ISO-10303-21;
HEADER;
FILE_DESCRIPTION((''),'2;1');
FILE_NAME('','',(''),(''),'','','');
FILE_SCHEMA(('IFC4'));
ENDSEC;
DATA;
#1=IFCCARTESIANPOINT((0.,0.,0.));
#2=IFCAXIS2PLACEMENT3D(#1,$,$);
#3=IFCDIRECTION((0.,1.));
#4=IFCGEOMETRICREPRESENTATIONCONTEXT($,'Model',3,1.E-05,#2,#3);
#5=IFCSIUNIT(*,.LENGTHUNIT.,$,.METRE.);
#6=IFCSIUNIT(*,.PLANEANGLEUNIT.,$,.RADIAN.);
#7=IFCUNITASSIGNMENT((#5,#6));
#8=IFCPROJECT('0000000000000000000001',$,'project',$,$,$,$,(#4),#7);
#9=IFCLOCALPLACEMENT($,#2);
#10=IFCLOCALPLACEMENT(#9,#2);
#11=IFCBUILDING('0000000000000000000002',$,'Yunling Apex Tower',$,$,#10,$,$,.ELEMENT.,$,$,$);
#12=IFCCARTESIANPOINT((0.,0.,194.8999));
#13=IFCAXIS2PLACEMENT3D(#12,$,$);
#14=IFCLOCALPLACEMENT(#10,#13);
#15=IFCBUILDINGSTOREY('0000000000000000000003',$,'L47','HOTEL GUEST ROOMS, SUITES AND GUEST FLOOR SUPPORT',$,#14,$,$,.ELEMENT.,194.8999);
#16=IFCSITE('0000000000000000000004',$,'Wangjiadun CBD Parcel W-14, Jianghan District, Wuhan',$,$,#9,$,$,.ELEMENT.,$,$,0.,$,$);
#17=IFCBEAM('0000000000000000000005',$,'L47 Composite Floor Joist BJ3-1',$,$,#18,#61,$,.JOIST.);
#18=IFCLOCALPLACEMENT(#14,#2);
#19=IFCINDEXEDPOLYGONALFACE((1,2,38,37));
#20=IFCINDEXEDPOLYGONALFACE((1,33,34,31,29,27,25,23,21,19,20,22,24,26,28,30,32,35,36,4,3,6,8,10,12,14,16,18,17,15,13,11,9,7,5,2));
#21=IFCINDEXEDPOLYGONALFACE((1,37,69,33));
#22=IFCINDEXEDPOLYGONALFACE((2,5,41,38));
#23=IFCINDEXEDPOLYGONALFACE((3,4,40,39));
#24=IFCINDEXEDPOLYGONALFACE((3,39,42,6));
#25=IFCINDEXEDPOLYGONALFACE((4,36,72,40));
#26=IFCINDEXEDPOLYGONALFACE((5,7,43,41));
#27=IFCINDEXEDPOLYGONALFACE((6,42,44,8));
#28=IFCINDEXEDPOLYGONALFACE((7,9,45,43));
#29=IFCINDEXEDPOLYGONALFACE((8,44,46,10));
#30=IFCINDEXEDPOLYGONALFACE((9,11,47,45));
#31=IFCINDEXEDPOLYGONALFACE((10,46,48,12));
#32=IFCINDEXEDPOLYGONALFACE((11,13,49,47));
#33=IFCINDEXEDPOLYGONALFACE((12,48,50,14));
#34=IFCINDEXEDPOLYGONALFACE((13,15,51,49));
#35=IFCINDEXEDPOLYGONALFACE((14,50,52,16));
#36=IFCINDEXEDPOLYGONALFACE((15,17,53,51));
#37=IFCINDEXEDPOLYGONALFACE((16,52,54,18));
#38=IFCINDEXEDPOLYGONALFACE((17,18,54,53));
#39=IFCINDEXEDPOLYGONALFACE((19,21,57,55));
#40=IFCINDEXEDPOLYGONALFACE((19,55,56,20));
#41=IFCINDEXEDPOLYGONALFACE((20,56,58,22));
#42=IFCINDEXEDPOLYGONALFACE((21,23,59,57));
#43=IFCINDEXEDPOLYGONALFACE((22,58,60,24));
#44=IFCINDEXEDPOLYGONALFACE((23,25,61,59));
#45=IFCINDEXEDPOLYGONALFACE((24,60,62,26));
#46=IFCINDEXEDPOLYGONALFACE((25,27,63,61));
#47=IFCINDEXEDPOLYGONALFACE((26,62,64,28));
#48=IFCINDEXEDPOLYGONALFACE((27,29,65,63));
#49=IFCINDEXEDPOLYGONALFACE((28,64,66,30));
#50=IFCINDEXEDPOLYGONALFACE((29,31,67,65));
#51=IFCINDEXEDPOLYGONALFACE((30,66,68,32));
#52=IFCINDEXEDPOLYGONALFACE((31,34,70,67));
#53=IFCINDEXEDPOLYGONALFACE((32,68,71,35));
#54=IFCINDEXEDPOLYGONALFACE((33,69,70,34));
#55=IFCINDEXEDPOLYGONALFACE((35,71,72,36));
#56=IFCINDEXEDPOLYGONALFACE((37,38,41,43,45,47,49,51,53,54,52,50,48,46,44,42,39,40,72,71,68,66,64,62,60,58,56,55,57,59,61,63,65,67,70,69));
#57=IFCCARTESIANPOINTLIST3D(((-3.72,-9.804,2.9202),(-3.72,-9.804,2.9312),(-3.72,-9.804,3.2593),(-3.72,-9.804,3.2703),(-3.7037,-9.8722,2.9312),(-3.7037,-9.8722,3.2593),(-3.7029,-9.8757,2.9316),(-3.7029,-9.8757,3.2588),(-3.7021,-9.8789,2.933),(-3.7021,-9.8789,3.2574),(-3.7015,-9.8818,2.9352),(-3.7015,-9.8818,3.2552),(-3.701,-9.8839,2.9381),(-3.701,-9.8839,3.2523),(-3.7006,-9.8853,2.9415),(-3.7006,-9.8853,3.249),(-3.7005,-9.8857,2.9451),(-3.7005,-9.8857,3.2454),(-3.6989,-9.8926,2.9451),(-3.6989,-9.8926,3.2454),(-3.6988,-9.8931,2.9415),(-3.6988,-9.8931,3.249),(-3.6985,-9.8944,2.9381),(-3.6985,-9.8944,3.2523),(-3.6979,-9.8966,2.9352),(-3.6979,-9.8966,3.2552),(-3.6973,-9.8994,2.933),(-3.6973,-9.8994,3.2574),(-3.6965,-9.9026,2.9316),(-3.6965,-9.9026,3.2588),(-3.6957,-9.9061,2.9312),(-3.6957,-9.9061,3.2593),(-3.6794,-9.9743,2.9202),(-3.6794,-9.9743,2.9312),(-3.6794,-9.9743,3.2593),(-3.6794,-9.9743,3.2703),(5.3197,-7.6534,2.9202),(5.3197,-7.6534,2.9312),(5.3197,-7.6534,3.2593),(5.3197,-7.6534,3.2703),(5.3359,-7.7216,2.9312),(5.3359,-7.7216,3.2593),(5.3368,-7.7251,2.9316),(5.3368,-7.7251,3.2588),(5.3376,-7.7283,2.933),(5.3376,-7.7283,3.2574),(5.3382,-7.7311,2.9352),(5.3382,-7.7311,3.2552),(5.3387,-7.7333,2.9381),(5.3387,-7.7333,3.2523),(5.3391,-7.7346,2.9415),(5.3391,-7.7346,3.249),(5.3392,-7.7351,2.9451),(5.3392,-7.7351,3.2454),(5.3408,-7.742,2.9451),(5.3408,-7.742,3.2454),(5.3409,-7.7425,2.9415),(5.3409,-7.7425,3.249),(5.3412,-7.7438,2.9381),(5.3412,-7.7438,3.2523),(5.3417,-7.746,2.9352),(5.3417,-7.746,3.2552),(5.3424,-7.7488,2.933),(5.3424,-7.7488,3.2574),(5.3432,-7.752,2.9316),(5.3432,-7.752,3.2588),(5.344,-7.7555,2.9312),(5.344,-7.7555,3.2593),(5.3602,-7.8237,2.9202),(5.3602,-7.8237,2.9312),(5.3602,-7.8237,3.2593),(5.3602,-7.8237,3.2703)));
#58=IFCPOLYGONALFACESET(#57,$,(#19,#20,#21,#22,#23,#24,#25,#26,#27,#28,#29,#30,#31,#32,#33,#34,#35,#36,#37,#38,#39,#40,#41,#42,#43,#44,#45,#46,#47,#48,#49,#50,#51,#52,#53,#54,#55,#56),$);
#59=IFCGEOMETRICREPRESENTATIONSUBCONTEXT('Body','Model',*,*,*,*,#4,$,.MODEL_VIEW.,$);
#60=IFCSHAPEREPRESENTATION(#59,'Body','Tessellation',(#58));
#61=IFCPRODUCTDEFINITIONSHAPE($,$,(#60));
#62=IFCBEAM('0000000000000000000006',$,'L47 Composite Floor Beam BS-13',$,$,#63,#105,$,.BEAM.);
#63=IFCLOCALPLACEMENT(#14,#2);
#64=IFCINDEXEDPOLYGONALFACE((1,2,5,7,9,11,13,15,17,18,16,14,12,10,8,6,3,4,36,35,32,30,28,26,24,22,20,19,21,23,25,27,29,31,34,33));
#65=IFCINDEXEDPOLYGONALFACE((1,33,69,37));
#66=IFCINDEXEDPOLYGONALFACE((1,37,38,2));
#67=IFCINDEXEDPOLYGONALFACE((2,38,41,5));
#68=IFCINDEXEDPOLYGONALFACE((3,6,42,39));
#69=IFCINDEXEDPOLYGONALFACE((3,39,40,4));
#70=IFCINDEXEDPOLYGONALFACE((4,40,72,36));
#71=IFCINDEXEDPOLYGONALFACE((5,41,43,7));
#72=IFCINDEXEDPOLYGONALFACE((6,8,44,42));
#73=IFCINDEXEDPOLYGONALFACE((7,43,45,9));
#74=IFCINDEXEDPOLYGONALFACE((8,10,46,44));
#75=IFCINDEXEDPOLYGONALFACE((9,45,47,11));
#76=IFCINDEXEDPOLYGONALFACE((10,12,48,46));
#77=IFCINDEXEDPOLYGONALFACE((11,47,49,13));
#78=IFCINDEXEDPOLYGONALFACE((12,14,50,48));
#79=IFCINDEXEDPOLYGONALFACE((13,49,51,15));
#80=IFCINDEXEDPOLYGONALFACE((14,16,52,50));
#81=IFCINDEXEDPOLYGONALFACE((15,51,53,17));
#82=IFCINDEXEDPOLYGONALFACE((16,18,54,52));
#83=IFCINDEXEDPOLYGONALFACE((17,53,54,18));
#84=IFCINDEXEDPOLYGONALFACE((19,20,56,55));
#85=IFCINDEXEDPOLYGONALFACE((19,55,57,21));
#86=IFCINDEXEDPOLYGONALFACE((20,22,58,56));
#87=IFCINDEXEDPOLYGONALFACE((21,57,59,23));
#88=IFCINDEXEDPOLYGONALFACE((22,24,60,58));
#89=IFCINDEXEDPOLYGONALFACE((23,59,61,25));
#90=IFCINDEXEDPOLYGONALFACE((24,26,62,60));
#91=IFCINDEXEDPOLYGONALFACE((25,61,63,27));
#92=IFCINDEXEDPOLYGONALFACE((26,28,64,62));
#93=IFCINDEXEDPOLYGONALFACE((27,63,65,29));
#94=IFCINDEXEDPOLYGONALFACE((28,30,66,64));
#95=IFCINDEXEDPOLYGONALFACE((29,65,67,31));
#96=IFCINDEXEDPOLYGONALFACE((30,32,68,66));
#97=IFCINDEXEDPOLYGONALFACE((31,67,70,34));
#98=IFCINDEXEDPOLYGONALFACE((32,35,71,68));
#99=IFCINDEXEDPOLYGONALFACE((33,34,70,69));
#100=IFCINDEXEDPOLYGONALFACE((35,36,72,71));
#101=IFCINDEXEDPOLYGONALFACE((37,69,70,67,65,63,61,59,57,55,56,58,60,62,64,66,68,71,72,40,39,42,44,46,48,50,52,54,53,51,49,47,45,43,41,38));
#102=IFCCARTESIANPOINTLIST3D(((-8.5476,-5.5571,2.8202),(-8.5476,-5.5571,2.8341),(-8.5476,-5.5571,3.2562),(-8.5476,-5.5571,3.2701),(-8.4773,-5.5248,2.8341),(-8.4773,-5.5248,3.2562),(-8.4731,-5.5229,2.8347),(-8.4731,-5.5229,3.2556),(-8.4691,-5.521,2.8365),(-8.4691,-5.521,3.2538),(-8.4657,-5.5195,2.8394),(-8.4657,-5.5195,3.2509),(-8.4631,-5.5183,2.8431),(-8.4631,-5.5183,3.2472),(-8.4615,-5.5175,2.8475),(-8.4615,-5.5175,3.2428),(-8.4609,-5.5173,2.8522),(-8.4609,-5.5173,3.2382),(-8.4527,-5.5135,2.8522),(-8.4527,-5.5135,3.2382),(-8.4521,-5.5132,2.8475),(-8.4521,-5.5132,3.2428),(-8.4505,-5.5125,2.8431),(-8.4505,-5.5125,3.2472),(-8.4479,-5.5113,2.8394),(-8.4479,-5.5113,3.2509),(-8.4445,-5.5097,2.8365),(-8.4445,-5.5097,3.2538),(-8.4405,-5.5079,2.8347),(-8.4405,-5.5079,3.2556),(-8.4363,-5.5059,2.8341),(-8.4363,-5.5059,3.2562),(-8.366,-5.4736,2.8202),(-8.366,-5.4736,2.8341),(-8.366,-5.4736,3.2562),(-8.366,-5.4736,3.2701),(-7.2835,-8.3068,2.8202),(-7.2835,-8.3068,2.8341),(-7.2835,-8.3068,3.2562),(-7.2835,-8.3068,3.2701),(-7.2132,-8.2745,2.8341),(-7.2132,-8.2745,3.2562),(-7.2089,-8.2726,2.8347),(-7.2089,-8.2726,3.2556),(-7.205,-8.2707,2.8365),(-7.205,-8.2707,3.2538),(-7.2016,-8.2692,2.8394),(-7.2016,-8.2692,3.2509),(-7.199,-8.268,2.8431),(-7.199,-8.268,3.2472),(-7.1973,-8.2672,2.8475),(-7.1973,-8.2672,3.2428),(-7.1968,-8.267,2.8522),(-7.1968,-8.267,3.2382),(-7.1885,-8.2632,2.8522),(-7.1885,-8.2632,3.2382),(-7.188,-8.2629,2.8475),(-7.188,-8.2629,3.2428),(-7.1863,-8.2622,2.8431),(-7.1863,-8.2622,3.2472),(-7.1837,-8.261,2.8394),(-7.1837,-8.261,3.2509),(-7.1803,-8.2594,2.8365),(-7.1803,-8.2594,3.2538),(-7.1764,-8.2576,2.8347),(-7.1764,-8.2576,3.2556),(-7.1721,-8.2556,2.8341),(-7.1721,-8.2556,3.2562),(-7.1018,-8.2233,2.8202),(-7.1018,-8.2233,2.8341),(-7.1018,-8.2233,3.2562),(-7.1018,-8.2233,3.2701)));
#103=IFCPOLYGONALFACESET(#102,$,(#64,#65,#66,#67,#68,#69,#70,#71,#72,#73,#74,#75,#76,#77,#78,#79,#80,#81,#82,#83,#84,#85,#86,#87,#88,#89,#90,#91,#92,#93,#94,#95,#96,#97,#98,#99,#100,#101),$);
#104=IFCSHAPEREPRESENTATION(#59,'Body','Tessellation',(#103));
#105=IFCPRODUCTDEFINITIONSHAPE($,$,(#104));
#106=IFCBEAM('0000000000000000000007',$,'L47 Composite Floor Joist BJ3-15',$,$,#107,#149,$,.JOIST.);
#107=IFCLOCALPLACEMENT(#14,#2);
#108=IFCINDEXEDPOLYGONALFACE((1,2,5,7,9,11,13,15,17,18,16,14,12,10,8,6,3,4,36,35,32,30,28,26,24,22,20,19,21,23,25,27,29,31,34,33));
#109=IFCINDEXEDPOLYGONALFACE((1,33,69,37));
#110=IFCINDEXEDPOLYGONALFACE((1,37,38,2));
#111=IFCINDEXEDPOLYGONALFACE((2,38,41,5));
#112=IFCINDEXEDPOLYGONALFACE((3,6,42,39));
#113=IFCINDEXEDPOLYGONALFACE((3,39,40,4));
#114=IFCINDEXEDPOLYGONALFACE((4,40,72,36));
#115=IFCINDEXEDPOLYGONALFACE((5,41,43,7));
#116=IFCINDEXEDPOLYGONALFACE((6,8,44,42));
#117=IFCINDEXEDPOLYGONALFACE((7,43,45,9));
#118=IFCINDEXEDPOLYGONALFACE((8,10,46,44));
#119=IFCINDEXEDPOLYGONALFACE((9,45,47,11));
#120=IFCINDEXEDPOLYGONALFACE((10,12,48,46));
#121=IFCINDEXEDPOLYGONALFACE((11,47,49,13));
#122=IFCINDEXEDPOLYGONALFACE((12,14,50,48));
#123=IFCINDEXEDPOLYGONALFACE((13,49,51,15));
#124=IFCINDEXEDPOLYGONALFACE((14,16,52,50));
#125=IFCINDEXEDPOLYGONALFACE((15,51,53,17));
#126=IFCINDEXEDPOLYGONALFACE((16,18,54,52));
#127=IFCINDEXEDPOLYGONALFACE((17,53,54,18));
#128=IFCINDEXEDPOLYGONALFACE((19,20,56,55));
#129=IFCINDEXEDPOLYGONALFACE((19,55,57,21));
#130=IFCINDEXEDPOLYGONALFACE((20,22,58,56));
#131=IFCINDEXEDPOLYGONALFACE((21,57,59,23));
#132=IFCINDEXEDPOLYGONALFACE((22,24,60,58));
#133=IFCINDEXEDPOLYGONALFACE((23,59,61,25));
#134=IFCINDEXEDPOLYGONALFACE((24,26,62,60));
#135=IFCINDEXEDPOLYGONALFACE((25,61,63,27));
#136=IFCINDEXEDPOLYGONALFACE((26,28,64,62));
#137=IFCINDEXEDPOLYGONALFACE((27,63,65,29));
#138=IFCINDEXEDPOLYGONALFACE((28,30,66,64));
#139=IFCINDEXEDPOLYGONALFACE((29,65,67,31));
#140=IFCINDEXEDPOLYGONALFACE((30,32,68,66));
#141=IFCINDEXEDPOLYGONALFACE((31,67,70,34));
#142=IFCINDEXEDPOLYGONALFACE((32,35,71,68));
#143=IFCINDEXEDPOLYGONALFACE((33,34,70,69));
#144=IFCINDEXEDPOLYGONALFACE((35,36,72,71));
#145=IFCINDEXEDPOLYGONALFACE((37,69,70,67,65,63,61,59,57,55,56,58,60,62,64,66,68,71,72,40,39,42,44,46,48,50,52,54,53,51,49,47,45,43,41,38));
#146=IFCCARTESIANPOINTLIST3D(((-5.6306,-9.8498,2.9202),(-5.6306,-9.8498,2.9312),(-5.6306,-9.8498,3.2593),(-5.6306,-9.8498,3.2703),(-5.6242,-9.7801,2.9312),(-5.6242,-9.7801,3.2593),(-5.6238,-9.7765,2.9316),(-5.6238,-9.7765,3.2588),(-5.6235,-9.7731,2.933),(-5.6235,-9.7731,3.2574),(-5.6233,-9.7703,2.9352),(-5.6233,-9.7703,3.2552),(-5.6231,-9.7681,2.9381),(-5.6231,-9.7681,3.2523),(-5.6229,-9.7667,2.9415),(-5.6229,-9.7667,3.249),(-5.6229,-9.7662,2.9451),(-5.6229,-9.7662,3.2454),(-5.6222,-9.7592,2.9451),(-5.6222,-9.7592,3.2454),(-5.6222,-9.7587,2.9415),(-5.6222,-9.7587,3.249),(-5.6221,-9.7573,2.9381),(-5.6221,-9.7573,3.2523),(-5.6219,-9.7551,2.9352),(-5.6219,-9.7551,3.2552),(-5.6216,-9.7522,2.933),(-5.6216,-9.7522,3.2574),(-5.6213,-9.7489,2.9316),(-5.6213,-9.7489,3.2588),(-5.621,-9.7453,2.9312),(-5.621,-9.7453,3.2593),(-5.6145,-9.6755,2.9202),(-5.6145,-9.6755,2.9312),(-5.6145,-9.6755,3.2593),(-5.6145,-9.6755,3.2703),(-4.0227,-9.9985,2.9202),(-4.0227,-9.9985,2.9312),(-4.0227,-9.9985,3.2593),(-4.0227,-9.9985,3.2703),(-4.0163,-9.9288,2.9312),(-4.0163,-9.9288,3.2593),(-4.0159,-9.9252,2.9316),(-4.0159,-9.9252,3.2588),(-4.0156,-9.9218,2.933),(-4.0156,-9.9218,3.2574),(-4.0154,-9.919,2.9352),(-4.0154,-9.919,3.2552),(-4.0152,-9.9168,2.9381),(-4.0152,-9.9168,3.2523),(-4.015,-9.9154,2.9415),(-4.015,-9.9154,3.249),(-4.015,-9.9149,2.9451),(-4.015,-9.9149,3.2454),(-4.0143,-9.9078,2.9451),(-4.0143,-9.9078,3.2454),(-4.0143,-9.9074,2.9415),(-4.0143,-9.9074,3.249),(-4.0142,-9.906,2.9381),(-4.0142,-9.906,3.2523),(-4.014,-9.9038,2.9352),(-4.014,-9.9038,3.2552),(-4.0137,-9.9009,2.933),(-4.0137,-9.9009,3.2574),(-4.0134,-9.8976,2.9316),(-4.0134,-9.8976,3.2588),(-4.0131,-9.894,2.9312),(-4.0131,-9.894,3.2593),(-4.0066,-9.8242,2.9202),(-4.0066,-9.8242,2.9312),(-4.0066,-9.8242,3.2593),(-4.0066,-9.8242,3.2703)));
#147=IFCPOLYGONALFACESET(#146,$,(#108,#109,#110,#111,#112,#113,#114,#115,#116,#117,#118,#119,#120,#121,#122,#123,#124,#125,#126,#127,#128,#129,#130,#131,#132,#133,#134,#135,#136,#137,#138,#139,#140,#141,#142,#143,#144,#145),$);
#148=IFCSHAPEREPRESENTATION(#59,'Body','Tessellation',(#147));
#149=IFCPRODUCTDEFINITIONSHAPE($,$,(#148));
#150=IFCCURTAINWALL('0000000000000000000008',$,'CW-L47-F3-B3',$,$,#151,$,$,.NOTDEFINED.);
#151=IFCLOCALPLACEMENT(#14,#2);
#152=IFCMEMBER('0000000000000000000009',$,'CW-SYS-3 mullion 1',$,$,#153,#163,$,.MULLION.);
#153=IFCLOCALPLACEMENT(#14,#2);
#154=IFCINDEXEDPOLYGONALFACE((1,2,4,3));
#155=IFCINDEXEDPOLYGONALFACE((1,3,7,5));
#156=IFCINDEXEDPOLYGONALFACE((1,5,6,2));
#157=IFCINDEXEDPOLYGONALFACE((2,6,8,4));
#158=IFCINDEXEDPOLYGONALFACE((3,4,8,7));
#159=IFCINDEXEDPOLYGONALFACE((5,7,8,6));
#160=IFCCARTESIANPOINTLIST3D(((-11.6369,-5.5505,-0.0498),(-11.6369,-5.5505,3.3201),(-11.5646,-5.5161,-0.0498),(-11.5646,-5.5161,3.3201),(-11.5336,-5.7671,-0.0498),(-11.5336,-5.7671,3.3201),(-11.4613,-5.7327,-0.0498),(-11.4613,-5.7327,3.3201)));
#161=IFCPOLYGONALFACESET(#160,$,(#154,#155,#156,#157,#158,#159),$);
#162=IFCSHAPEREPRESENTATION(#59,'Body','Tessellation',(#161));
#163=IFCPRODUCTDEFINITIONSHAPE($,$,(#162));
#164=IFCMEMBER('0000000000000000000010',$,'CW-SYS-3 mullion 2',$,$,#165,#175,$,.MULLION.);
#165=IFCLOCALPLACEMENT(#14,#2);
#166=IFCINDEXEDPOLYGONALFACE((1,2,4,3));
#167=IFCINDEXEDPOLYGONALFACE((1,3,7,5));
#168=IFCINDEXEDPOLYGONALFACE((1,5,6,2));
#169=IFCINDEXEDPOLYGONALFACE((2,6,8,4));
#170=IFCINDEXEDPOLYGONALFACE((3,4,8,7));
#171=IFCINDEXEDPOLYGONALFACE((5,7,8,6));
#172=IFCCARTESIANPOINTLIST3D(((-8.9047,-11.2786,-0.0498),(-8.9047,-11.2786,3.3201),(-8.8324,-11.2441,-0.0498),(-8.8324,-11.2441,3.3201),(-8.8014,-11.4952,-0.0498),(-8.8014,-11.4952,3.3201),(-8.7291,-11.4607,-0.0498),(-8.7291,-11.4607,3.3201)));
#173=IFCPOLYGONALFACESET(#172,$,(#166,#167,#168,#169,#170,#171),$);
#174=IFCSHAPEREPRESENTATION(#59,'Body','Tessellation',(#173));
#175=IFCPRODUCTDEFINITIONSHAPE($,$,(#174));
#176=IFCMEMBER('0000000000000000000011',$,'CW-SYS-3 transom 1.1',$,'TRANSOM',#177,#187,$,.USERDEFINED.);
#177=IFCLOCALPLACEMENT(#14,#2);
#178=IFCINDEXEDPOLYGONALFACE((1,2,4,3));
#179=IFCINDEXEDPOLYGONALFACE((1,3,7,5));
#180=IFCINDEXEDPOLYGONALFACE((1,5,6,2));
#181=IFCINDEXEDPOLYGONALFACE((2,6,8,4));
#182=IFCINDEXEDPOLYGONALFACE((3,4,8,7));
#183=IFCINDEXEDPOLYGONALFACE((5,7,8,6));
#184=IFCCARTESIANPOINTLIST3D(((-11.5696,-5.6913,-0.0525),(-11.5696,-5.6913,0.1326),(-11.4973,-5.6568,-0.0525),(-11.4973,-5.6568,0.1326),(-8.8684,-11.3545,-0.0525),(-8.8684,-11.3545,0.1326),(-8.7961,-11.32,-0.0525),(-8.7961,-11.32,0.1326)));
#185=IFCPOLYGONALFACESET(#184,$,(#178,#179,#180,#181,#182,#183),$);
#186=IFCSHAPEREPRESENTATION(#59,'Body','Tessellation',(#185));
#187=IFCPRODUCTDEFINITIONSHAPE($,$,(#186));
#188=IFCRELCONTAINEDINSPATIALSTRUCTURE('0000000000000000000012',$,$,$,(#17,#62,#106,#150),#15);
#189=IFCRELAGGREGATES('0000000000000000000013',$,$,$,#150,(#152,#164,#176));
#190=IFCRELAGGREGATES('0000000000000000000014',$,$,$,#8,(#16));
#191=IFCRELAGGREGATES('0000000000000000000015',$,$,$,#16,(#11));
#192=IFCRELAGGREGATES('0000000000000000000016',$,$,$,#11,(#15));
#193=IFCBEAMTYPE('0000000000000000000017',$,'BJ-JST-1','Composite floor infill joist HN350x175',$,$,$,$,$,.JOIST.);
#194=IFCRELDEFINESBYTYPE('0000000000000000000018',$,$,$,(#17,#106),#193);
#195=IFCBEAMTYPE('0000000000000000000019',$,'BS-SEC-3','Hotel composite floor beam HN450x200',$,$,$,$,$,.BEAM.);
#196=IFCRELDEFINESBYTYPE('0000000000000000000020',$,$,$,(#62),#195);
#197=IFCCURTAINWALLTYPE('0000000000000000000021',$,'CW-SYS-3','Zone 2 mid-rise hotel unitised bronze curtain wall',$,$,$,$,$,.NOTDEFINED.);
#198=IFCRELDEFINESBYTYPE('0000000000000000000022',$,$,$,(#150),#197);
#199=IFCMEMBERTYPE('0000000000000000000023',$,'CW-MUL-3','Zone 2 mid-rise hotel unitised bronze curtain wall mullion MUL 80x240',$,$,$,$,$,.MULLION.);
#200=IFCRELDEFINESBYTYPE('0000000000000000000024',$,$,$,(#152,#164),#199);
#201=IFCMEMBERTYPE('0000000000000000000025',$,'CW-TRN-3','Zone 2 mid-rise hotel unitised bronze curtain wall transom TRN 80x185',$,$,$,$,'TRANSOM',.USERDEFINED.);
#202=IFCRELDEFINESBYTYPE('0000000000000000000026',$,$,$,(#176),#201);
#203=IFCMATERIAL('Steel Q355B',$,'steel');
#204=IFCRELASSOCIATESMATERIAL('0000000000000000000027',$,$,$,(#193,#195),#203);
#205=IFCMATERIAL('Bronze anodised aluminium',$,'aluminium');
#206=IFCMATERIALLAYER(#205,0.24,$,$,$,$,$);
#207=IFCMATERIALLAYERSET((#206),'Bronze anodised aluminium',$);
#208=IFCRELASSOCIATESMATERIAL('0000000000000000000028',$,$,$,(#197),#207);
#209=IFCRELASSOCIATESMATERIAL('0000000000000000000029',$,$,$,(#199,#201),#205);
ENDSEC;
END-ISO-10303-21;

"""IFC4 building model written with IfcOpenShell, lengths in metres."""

from ifc_helpers import new_model, si_unit, direction, frame, origin, origin_2d, place, context, subcontext, project, spatial, rectangle, i_section, extrude, source, transform, mapped, material, layer, layer_set, material_profile, profile_set, type_object, element, aggregate, save


model = new_model("IFC4")

# Units and contexts
model_context = context("Model", 3, precision=1e-05, world=origin(), true_north=direction((0.0, 1.0)))
body_context = subcontext(model_context, "Body", "Model", "MODEL_VIEW")
ifc_project = project(units=[si_unit("LENGTHUNIT", "METRE"), si_unit("PLANEANGLEUNIT", "RADIAN")], contexts=[model_context])

# Site, building, storey
site_placement = place(None, origin())
site = spatial("IfcSite", under=ifc_project, at=site_placement, Name="Wangjiadun CBD Parcel W-14, Jianghan District, Wuhan", CompositionType="ELEMENT", RefElevation=0.0)
building_placement = place(site_placement, origin())
building = spatial("IfcBuilding", under=site, at=building_placement, Name="Yunling Apex Tower", CompositionType="ELEMENT")
storey_placement = place(building_placement, frame((0.0, 0.0, 194.8999)))
storey = spatial("IfcBuildingStorey", under=building, at=storey_placement, Name="L47", Description="HOTEL GUEST ROOMS, SUITES AND GUEST FLOOR SUPPORT", CompositionType="ELEMENT", Elevation=194.8999)

# Beams
ifc_material_1 = material(Name="Steel Q355B", Category="steel")
ifc_material_profile_1 = material_profile(ifc_material_1, i_section(OverallWidth=0.175, OverallDepth=0.3501, WebThickness=0.0071, FlangeThickness=0.011, FilletRadius=0.0139, at=origin_2d()))
ifc_profile_set_1 = profile_set([ifc_material_profile_1], Name="Steel Q355B")
beam_type_1 = type_object("IfcBeamType", Name="BJ-JST-1", Description="Composite floor infill joist HN350x175", PredefinedType="JOIST", material=ifc_profile_set_1)
shared_shape_1 = source(origin(), body_context, "Body", "SweptSolid", [
    extrude(i_section(OverallWidth=0.175, OverallDepth=0.3501, WebThickness=0.0071, FlangeThickness=0.011, FilletRadius=0.0139, at=origin_2d()), origin(), (0.0, 0.0, 1.0), 9.292),
])
beam_1_placement = place(storey_placement, frame((-3.6997, -9.8892, 3.0952), z_axis=(0.972847, 0.231448, 0.0), x_axis=(-0.231448, 0.972847, 0.0)))
element("IfcBeam", 1, at=beam_1_placement, inside=storey, type_object=beam_type_1, Name="L47 Composite Floor Joist BJ3-1", PredefinedType="JOIST", context=body_context, shape_type="MappedRepresentation", body=[
    mapped(shared_shape_1, transform((0.0, 0.0, 0.0), scale=1.0)),
])
ifc_material_profile_2 = material_profile(ifc_material_1, i_section(OverallWidth=0.2, OverallDepth=0.45, WebThickness=0.009, FlangeThickness=0.0139, FilletRadius=0.0181, at=origin_2d()))
ifc_profile_set_2 = profile_set([ifc_material_profile_2], Name="Steel Q355B")
beam_type_2 = type_object("IfcBeamType", Name="BS-SEC-3", Description="Hotel composite floor beam HN450x200", PredefinedType="BEAM", material=ifc_profile_set_2)
shared_shape_2 = source(origin(), body_context, "Body", "SweptSolid", [
    extrude(i_section(OverallWidth=0.2, OverallDepth=0.45, WebThickness=0.009, FlangeThickness=0.0139, FilletRadius=0.0181, at=origin_2d()), origin(), (0.0, 0.0, 1.0), 3.0264),
])
beam_2_placement = place(storey_placement, frame((-8.4568, -5.5154, 3.0452), z_axis=(0.417707, -0.908582, 0.0), x_axis=(0.908582, 0.417707, 0.0)))
element("IfcBeam", 2, at=beam_2_placement, inside=storey, type_object=beam_type_2, Name="L47 Composite Floor Beam BS-13", PredefinedType="BEAM", context=body_context, shape_type="MappedRepresentation", body=[
    mapped(shared_shape_2, transform((0.0, 0.0, 0.0), scale=1.0)),
])
shared_shape_3 = source(origin(), body_context, "Body", "SweptSolid", [
    extrude(i_section(OverallWidth=0.175, OverallDepth=0.3501, WebThickness=0.0071, FlangeThickness=0.011, FilletRadius=0.0139, at=origin_2d()), origin(), (0.0, 0.0, 1.0), 1.6147),
])
beam_3_placement = place(storey_placement, frame((-5.6226, -9.7627, 3.0952), z_axis=(0.995752, -0.092076, 0.0), x_axis=(0.092076, 0.995752, 0.0)))
element("IfcBeam", 3, at=beam_3_placement, inside=storey, type_object=beam_type_1, Name="L47 Composite Floor Joist BJ3-15", PredefinedType="JOIST", context=body_context, shape_type="MappedRepresentation", body=[
    mapped(shared_shape_3, transform((0.0, 0.0, 0.0), scale=1.0)),
])

# Curtain wall, members
ifc_material_2 = material(Name="Bronze anodised aluminium", Category="aluminium")
ifc_layer_1 = layer(ifc_material_2, 0.24)
ifc_layer_set_1 = layer_set([ifc_layer_1], Name="Bronze anodised aluminium")
curtain_wall_type = type_object("IfcCurtainWallType", Name="CW-SYS-3", Description="Zone 2 mid-rise hotel unitised bronze curtain wall", PredefinedType="NOTDEFINED", material=ifc_layer_set_1)
curtain_wall_placement = place(storey_placement, origin())
curtain_wall = element("IfcCurtainWall", 4, at=curtain_wall_placement, inside=storey, type_object=curtain_wall_type, Name="CW-L47-F3-B3", PredefinedType="NOTDEFINED")
ifc_material_profile_3 = material_profile(ifc_material_2, rectangle(XDim=0.0801, YDim=0.24, at=origin_2d()))
ifc_profile_set_3 = profile_set([ifc_material_profile_3], Name="Bronze anodised aluminium")
member_type_1 = type_object("IfcMemberType", Name="CW-MUL-3", Description="Zone 2 mid-rise hotel unitised bronze curtain wall mullion MUL 80x240", PredefinedType="MULLION", material=ifc_profile_set_3)
shared_shape_4 = source(origin(), body_context, "Body", "SweptSolid", [
    extrude(rectangle(XDim=0.0801, YDim=0.24, at=origin_2d()), origin(), (0.0, 0.0, 1.0), 3.3699),
])
member_1_placement = place(storey_placement, frame((-11.5491, -5.6416, -0.0498), z_axis=(0.0, 0.0, 1.0), x_axis=(0.902588, 0.430505, 0.0)))
member_1 = element("IfcMember", 5, at=member_1_placement, type_object=member_type_1, Name="CW-SYS-3 mullion 1", PredefinedType="MULLION", context=body_context, shape_type="MappedRepresentation", body=[
    mapped(shared_shape_4, transform((0.0, 0.0, 0.0), scale=1.0)),
])
member_2_placement = place(storey_placement, frame((-8.8169, -11.3696, -0.0498), z_axis=(0.0, 0.0, 1.0), x_axis=(0.902588, 0.430505, 0.0)))
member_2 = element("IfcMember", 6, at=member_2_placement, type_object=member_type_1, Name="CW-SYS-3 mullion 2", PredefinedType="MULLION", context=body_context, shape_type="MappedRepresentation", body=[
    mapped(shared_shape_4, transform((0.0, 0.0, 0.0), scale=1.0)),
])
ifc_material_profile_4 = material_profile(ifc_material_2, rectangle(XDim=0.0801, YDim=0.1851, at=origin_2d()))
ifc_profile_set_4 = profile_set([ifc_material_profile_4], Name="Bronze anodised aluminium")
member_type_2 = type_object("IfcMemberType", Name="CW-TRN-3", Description="Zone 2 mid-rise hotel unitised bronze curtain wall transom TRN 80x185", ElementType="TRANSOM", PredefinedType="USERDEFINED", material=ifc_profile_set_4)
shared_shape_5 = source(origin(), body_context, "Body", "SweptSolid", [
    extrude(rectangle(XDim=0.0801, YDim=0.1851, at=origin_2d()), origin(), (0.0, 0.0, 1.0), 6.2744),
])
member_3_placement = place(storey_placement, frame((-11.5334, -5.6741, 0.04), z_axis=(0.430513, -0.902584, 0.0), x_axis=(0.902584, 0.430513, 0.0)))
member_3 = element("IfcMember", 7, at=member_3_placement, type_object=member_type_2, Name="CW-SYS-3 transom 1.1", ObjectType="TRANSOM", PredefinedType="USERDEFINED", context=body_context, shape_type="MappedRepresentation", body=[
    mapped(shared_shape_5, transform((0.0, 0.0, 0.0), scale=1.0)),
])
aggregate(curtain_wall, [member_1, member_2, member_3])

save(model, "model.ifc")
